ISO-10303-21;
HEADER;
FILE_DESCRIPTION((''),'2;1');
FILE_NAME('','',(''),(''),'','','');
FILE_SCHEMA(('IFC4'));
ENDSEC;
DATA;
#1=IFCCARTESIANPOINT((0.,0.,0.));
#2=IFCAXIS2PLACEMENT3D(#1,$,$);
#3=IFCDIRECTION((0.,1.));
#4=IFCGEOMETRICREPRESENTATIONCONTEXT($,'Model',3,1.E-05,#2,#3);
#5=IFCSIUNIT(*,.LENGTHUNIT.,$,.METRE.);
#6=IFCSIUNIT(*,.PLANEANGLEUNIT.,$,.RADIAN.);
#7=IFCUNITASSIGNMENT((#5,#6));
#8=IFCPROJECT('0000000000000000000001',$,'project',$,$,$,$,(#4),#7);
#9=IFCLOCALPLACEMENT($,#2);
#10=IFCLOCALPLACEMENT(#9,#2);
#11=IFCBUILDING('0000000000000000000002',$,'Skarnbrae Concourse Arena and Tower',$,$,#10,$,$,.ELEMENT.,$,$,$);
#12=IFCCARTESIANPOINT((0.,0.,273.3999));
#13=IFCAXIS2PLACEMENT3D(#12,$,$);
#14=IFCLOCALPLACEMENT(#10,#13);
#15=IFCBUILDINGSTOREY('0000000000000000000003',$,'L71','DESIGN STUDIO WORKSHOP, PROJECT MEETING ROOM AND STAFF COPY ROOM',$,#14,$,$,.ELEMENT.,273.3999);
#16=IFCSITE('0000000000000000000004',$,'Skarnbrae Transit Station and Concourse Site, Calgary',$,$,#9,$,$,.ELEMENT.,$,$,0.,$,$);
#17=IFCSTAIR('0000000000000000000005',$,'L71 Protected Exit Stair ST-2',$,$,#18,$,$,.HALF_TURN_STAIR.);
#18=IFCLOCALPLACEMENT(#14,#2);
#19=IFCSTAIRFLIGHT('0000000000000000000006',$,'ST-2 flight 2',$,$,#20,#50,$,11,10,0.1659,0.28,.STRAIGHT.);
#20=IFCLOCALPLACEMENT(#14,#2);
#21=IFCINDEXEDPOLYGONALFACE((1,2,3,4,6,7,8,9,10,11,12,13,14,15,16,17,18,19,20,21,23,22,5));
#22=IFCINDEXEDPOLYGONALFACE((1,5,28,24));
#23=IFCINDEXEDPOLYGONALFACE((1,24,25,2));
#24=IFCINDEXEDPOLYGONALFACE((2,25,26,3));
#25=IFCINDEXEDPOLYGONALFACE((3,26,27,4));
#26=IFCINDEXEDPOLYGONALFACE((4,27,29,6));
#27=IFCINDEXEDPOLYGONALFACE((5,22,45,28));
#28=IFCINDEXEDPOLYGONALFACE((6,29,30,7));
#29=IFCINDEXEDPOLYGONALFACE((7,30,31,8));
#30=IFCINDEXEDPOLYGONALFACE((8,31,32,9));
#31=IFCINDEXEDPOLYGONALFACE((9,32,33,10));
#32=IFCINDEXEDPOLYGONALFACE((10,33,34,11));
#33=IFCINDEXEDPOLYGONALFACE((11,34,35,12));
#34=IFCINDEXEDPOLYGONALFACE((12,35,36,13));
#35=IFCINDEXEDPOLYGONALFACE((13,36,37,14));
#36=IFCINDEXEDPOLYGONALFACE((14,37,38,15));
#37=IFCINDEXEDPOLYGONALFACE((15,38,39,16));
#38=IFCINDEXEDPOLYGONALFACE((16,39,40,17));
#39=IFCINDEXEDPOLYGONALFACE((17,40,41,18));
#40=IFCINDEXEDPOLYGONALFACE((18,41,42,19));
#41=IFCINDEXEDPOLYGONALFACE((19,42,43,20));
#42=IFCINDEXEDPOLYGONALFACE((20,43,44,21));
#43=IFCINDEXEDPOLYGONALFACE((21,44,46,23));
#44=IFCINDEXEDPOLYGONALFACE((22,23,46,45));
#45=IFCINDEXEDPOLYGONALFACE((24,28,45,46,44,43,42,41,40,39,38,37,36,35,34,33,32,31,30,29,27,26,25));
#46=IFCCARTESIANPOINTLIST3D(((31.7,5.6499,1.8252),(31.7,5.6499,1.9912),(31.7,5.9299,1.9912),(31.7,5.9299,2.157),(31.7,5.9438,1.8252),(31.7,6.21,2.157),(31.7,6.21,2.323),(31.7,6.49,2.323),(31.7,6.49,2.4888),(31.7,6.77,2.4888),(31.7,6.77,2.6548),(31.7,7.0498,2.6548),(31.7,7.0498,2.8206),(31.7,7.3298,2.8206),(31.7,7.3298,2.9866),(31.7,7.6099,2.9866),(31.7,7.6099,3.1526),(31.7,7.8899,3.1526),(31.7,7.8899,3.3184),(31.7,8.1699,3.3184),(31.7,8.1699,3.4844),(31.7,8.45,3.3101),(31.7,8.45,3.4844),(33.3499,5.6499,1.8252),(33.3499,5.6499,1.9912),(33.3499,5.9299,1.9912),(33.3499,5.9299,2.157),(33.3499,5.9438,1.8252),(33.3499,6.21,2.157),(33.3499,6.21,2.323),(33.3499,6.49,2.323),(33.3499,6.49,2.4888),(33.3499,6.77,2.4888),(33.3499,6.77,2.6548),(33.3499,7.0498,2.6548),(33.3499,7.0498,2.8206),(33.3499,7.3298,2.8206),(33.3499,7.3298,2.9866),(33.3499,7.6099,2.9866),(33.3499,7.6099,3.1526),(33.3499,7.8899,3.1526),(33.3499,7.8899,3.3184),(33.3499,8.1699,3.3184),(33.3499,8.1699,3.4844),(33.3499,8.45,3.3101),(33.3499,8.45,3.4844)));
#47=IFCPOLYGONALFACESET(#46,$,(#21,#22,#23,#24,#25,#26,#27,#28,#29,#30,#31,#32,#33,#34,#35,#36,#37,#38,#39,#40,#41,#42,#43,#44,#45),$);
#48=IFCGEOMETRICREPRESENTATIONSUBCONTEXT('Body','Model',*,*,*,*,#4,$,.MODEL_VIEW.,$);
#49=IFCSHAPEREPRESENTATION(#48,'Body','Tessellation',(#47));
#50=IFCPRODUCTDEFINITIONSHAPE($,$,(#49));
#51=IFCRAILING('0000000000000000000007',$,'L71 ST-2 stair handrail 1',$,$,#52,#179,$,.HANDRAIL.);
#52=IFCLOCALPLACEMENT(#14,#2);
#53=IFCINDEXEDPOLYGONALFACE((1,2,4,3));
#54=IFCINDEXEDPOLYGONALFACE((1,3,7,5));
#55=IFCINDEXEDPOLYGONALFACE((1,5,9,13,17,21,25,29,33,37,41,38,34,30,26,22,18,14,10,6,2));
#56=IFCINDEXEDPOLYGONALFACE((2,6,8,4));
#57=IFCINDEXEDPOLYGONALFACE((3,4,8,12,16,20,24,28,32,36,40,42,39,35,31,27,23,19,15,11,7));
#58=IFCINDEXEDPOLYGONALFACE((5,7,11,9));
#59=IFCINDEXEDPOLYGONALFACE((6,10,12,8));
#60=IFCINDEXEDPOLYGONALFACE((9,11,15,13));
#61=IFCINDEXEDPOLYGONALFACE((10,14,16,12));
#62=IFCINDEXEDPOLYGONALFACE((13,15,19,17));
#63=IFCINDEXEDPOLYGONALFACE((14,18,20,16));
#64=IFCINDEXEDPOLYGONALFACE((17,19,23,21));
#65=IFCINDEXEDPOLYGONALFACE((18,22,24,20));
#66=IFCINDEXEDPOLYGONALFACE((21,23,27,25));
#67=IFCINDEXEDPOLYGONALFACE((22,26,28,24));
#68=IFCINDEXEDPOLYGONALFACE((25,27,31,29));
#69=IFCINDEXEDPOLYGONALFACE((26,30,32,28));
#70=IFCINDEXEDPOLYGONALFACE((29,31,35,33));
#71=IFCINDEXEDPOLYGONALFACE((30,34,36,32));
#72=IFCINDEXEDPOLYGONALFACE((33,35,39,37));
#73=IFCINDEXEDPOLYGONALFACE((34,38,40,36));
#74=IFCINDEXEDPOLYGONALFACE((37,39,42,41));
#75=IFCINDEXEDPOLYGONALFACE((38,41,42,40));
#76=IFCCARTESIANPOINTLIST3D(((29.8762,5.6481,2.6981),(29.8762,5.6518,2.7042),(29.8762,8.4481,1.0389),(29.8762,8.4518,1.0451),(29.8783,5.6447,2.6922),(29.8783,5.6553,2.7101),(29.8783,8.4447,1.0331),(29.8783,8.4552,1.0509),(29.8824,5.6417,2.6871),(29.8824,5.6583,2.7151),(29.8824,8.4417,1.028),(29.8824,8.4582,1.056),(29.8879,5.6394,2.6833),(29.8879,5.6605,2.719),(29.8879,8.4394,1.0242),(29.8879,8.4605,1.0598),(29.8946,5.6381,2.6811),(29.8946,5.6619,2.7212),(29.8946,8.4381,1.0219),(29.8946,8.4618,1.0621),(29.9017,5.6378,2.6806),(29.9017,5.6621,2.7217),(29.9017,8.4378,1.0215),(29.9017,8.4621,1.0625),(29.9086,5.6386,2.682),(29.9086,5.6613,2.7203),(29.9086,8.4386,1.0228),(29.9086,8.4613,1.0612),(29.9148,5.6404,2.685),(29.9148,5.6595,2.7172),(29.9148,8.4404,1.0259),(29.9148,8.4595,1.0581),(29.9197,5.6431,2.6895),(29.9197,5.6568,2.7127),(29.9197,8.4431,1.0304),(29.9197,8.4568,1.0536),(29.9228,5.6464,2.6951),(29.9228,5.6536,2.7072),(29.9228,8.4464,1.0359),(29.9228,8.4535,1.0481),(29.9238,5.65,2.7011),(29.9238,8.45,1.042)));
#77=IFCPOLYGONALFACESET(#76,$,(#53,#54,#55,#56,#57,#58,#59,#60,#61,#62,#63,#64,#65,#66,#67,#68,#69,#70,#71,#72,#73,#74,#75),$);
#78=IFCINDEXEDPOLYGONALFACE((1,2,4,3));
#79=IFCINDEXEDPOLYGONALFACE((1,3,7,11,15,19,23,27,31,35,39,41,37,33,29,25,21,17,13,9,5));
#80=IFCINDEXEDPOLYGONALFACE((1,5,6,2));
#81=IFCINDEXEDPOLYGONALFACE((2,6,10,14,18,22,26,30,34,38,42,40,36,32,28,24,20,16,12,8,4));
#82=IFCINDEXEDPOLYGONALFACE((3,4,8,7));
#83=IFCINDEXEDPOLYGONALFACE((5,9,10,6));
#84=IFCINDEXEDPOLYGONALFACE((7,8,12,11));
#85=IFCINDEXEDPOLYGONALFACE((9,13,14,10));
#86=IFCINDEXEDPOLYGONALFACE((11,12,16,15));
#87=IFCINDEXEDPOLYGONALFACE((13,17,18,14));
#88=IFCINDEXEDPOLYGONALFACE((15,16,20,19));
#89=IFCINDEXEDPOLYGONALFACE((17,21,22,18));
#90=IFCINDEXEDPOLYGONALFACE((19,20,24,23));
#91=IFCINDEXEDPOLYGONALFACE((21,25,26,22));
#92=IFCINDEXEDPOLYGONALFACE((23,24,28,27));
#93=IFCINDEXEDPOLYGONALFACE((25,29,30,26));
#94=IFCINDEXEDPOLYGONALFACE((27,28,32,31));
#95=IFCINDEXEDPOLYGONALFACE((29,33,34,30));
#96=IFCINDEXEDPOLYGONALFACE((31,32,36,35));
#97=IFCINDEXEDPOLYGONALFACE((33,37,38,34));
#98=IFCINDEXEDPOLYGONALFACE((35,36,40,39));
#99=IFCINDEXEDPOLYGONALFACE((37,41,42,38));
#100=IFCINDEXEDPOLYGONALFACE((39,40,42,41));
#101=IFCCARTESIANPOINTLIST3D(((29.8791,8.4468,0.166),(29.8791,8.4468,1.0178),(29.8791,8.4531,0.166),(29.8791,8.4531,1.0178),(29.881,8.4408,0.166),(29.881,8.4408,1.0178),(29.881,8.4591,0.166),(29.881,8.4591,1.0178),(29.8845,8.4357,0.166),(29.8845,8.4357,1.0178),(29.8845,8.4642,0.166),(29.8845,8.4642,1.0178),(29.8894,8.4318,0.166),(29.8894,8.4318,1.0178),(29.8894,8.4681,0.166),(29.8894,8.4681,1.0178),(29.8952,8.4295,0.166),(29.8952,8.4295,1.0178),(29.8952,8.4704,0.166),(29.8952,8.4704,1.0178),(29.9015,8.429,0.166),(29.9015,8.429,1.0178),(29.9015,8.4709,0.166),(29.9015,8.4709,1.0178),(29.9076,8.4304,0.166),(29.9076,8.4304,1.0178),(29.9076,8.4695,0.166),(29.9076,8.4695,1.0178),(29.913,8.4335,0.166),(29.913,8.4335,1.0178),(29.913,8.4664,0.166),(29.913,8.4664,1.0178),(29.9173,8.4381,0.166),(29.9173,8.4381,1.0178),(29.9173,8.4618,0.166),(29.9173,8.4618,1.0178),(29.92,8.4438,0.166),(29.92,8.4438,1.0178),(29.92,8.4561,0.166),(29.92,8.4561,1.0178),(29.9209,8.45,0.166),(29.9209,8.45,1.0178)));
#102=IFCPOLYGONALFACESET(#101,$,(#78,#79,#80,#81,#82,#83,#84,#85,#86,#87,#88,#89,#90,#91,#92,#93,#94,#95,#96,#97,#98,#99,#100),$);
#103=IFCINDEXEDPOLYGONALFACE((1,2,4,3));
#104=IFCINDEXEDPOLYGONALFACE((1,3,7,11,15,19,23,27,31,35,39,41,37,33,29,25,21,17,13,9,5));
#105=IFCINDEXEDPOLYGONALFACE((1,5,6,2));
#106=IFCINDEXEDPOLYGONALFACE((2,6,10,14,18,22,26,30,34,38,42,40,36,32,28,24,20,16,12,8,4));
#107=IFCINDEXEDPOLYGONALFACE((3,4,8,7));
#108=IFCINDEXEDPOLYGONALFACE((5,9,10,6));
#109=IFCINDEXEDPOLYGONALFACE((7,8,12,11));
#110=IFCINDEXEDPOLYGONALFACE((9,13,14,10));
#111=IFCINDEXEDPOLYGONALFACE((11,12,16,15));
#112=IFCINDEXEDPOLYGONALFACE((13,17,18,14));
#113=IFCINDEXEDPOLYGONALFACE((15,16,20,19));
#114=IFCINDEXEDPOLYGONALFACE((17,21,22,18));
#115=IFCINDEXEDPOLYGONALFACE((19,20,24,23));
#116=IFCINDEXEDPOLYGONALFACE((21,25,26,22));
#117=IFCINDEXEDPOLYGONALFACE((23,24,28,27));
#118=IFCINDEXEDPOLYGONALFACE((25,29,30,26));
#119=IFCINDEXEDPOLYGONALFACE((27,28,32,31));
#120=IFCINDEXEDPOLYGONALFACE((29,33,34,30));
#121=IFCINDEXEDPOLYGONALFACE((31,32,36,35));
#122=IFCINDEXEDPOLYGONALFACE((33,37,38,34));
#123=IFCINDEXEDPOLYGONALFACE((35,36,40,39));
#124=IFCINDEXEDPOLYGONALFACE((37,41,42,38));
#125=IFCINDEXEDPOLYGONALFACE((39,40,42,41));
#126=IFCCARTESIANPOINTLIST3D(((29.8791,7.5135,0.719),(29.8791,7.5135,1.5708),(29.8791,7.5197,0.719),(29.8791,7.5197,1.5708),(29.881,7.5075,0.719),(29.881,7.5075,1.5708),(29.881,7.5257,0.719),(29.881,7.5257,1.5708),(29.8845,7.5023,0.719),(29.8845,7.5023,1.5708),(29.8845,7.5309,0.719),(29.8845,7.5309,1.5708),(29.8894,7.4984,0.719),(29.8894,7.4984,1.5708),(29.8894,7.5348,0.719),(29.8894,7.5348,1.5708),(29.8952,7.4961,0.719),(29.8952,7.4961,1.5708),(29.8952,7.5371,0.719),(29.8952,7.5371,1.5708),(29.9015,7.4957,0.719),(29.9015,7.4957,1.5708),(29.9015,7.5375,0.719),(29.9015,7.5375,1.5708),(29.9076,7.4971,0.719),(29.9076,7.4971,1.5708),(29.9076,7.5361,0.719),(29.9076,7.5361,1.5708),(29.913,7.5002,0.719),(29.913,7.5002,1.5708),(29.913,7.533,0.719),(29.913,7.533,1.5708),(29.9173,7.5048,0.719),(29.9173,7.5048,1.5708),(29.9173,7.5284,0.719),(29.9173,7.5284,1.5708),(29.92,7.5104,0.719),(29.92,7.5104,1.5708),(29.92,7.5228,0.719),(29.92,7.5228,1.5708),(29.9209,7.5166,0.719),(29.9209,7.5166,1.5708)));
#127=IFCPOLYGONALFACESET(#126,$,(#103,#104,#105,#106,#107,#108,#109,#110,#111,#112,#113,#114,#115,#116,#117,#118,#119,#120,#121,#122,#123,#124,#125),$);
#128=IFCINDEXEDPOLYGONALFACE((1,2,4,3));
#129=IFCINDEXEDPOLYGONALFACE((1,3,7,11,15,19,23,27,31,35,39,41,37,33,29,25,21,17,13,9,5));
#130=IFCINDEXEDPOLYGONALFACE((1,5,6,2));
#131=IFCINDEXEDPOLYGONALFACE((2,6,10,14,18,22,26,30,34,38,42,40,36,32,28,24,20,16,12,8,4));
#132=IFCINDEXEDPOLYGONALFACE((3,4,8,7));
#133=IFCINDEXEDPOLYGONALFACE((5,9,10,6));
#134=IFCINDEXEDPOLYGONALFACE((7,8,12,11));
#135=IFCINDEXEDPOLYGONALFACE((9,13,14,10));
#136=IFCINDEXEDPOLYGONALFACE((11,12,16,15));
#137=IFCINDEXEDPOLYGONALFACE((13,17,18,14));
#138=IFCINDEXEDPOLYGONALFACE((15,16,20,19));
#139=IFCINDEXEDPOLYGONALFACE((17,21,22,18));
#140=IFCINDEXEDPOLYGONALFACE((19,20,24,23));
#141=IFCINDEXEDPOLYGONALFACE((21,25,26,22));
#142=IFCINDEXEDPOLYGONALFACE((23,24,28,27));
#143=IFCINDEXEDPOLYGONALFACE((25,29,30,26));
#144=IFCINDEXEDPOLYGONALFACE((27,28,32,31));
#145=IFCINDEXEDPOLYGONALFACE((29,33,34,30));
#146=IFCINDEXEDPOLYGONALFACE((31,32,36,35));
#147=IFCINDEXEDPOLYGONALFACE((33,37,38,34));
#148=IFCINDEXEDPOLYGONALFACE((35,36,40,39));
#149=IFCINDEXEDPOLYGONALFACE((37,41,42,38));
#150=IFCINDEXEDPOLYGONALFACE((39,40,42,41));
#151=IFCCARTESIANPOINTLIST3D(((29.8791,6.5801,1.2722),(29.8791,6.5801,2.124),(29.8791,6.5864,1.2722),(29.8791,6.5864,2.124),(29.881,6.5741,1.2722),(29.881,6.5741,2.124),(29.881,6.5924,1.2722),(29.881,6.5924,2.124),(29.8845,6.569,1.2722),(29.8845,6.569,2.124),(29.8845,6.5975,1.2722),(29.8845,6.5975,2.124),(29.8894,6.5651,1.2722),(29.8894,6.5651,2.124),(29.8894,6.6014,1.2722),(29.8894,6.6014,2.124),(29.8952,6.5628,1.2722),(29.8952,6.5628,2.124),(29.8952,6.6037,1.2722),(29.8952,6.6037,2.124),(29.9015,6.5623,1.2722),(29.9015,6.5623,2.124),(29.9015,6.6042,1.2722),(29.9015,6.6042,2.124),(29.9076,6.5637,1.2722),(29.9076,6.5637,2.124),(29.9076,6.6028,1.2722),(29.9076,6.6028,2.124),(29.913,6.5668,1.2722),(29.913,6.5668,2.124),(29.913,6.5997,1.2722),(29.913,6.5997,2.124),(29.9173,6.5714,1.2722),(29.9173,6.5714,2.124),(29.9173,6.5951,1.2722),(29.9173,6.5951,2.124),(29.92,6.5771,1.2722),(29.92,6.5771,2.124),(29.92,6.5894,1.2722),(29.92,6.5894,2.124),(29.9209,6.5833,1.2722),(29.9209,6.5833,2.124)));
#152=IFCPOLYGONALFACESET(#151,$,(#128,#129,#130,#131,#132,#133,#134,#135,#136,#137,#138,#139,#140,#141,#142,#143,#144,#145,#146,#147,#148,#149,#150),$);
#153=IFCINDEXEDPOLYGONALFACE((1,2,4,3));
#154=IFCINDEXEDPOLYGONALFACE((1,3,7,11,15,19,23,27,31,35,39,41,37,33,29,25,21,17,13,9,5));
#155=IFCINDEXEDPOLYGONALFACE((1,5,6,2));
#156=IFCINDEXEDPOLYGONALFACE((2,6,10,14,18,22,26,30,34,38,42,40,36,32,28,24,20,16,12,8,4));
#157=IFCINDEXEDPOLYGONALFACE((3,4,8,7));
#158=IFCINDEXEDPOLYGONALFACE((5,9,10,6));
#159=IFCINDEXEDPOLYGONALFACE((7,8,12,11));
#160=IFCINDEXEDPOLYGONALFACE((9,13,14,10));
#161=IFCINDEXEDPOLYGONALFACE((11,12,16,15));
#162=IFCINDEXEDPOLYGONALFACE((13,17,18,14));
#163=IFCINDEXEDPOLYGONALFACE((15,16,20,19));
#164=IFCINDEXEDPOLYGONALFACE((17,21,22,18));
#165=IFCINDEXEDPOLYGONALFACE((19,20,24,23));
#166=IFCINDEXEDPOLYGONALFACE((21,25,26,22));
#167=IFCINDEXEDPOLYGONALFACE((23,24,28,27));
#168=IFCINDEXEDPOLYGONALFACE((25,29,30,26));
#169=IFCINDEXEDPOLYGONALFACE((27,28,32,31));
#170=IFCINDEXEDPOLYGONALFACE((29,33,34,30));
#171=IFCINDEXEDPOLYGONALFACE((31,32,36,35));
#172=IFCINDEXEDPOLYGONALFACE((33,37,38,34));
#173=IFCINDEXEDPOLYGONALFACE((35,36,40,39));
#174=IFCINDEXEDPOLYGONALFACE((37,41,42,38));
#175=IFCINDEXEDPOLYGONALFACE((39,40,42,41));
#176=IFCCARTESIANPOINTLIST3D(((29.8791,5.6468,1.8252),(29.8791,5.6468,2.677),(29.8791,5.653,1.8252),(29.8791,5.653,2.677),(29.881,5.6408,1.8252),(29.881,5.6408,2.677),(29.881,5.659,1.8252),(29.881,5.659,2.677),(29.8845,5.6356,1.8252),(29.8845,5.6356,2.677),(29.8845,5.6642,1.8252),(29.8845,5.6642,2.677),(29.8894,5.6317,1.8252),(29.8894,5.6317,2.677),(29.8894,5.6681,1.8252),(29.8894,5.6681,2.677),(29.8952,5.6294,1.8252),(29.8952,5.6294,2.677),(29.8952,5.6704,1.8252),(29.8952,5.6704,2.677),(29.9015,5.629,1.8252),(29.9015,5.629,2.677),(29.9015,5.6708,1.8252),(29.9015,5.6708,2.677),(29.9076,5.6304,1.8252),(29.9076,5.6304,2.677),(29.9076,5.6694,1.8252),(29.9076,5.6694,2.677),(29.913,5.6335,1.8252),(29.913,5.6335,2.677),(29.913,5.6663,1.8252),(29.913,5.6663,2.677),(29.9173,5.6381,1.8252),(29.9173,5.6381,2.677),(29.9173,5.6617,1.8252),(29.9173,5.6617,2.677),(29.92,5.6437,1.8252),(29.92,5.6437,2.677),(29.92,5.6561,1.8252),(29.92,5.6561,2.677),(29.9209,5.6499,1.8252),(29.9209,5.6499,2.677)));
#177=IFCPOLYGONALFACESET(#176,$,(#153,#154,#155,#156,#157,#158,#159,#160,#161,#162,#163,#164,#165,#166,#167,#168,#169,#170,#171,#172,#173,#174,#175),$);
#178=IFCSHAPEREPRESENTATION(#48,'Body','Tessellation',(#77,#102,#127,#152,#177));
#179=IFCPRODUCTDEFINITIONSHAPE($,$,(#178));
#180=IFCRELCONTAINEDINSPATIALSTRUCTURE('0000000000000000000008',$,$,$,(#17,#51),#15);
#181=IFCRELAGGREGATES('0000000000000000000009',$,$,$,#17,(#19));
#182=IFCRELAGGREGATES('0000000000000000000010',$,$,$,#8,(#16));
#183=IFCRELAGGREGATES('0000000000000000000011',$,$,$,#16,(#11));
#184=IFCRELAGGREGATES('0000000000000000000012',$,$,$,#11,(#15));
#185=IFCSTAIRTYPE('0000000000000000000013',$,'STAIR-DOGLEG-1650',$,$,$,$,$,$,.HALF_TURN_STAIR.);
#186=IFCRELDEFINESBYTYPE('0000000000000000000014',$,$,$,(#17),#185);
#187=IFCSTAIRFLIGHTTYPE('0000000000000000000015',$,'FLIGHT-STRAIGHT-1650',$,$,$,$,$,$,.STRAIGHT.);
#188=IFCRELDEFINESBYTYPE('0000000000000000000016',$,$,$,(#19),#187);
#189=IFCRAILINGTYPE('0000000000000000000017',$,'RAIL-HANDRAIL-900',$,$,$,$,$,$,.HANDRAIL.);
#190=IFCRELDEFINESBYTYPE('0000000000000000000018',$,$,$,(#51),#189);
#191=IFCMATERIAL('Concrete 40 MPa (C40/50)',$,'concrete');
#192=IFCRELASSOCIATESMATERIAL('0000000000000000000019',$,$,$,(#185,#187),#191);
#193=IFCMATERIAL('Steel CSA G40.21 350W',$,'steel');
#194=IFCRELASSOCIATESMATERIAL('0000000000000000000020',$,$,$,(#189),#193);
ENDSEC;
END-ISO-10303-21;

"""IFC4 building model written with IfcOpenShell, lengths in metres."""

from ifc_helpers import new_model, si_unit, direction, frame, origin, origin_2d, place, context, subcontext, project, spatial, polyline, circle, outline, extrude, source, transform, mapped, material, type_object, element, aggregate, save


model = new_model("IFC4")

# Units and contexts
model_context = context("Model", 3, precision=1e-05, world=origin(), true_north=direction((0.0, 1.0)))
body_context = subcontext(model_context, "Body", "Model", "MODEL_VIEW")
ifc_project = project(units=[si_unit("LENGTHUNIT", "METRE"), si_unit("PLANEANGLEUNIT", "RADIAN")], contexts=[model_context])

# Site, building, storey
site_placement = place(None, origin())
site = spatial("IfcSite", under=ifc_project, at=site_placement, Name="Skarnbrae Transit Station and Concourse Site, Calgary", CompositionType="ELEMENT", RefElevation=0.0)
building_placement = place(site_placement, origin())
building = spatial("IfcBuilding", under=site, at=building_placement, Name="Skarnbrae Concourse Arena and Tower", CompositionType="ELEMENT")
storey_placement = place(building_placement, frame((0.0, 0.0, 273.3999)))
storey = spatial("IfcBuildingStorey", under=building, at=storey_placement, Name="L71", Description="DESIGN STUDIO WORKSHOP, PROJECT MEETING ROOM AND STAFF COPY ROOM", CompositionType="ELEMENT", Elevation=273.3999)

# Shared definitions
ifc_material_1 = material(Name="Steel CSA G40.21 350W", Category="steel")

# Stair, stair flight
ifc_material_2 = material(Name="Concrete 40 MPa (C40/50)", Category="concrete")
stair_type = type_object("IfcStairType", Name="STAIR-DOGLEG-1650", PredefinedType="HALF_TURN_STAIR", material=ifc_material_2)
stair_placement = place(storey_placement, origin())
stair = element("IfcStair", 1, at=stair_placement, inside=storey, type_object=stair_type, Name="L71 Protected Exit Stair ST-2", PredefinedType="HALF_TURN_STAIR")
stair_flight_type = type_object("IfcStairFlightType", Name="FLIGHT-STRAIGHT-1650", PredefinedType="STRAIGHT", material=ifc_material_2)
shared_shape_1 = source(origin(), body_context, "Body", "SweptSolid", [
    extrude(outline(polyline([(0.0, 0.0), (0.0, 0.166), (0.28, 0.166), (0.28, 0.3318), (0.5601, 0.3318), (0.5601, 0.4978), (0.8401, 0.4978), (0.8401, 0.6636), (1.1201, 0.6636), (1.1201, 0.8296), (1.3999, 0.8296), (1.3999, 0.9954), (1.6799, 0.9954), (1.6799, 1.1614), (1.96, 1.1614), (1.96, 1.3274), (2.24, 1.3274), (2.24, 1.4932), (2.52, 1.4932), (2.52, 1.6592), (2.8, 1.6592), (2.8, 1.825), (2.8, 1.4849), (0.2939, 0.0), (0.0, 0.0)])), frame((0.0, 0.825, 0.0), z_axis=(0.0, -1.0, 0.0), x_axis=(1.0, 0.0, 0.0)), (0.0, 0.0, 1.0), 1.6499),
])
stair_flight_1_placement = place(storey_placement, frame((32.5249, 5.6499, 1.8252), z_axis=(0.0, 0.0, 1.0), x_axis=(0.0, 1.0, 0.0)))
stair_flight_1 = element("IfcStairFlight", 2, at=stair_flight_1_placement, type_object=stair_flight_type, Name="ST-2 flight 2", NumberOfRisers=11, NumberOfTreads=10, PredefinedType="STRAIGHT", RiserHeight=0.1659, TreadLength=0.28, context=body_context, shape_type="MappedRepresentation", body=[
    mapped(shared_shape_1, transform((0.0, 0.0, 0.0))),
])
aggregate(stair, [stair_flight_1])

# Railing
railing_type_1 = type_object("IfcRailingType", Name="RAIL-HANDRAIL-900", PredefinedType="HANDRAIL", material=ifc_material_1)
railing_1_placement = place(storey_placement, frame((29.8999, 8.45, 0.166)))
element("IfcRailing", 3, at=railing_1_placement, inside=storey, type_object=railing_type_1, Name="L71 ST-2 stair handrail 1", PredefinedType="HANDRAIL", context=body_context, shape_type="SweptSolid", body=[
    extrude(circle(Radius=0.0239, at=origin_2d()), frame((0.0, 0.0, 0.876), z_axis=(0.0, -0.860306, 0.509778), x_axis=(1.0, 0.0, 0.0)), (0.0, 0.0, 1.0), 3.2546),
    extrude(circle(Radius=0.021, at=origin_2d()), origin(), (0.0, 0.0, 1.0), 0.8518),
    extrude(circle(Radius=0.021, at=origin_2d()), frame((0.0, -0.9333, 0.553)), (0.0, 0.0, 1.0), 0.8518),
    extrude(circle(Radius=0.021, at=origin_2d()), frame((0.0, -1.8667, 1.1062)), (0.0, 0.0, 1.0), 0.8518),
    extrude(circle(Radius=0.021, at=origin_2d()), frame((0.0, -2.8, 1.6592)), (0.0, 0.0, 1.0), 0.8518),
])

save(model, "model.ifc")
